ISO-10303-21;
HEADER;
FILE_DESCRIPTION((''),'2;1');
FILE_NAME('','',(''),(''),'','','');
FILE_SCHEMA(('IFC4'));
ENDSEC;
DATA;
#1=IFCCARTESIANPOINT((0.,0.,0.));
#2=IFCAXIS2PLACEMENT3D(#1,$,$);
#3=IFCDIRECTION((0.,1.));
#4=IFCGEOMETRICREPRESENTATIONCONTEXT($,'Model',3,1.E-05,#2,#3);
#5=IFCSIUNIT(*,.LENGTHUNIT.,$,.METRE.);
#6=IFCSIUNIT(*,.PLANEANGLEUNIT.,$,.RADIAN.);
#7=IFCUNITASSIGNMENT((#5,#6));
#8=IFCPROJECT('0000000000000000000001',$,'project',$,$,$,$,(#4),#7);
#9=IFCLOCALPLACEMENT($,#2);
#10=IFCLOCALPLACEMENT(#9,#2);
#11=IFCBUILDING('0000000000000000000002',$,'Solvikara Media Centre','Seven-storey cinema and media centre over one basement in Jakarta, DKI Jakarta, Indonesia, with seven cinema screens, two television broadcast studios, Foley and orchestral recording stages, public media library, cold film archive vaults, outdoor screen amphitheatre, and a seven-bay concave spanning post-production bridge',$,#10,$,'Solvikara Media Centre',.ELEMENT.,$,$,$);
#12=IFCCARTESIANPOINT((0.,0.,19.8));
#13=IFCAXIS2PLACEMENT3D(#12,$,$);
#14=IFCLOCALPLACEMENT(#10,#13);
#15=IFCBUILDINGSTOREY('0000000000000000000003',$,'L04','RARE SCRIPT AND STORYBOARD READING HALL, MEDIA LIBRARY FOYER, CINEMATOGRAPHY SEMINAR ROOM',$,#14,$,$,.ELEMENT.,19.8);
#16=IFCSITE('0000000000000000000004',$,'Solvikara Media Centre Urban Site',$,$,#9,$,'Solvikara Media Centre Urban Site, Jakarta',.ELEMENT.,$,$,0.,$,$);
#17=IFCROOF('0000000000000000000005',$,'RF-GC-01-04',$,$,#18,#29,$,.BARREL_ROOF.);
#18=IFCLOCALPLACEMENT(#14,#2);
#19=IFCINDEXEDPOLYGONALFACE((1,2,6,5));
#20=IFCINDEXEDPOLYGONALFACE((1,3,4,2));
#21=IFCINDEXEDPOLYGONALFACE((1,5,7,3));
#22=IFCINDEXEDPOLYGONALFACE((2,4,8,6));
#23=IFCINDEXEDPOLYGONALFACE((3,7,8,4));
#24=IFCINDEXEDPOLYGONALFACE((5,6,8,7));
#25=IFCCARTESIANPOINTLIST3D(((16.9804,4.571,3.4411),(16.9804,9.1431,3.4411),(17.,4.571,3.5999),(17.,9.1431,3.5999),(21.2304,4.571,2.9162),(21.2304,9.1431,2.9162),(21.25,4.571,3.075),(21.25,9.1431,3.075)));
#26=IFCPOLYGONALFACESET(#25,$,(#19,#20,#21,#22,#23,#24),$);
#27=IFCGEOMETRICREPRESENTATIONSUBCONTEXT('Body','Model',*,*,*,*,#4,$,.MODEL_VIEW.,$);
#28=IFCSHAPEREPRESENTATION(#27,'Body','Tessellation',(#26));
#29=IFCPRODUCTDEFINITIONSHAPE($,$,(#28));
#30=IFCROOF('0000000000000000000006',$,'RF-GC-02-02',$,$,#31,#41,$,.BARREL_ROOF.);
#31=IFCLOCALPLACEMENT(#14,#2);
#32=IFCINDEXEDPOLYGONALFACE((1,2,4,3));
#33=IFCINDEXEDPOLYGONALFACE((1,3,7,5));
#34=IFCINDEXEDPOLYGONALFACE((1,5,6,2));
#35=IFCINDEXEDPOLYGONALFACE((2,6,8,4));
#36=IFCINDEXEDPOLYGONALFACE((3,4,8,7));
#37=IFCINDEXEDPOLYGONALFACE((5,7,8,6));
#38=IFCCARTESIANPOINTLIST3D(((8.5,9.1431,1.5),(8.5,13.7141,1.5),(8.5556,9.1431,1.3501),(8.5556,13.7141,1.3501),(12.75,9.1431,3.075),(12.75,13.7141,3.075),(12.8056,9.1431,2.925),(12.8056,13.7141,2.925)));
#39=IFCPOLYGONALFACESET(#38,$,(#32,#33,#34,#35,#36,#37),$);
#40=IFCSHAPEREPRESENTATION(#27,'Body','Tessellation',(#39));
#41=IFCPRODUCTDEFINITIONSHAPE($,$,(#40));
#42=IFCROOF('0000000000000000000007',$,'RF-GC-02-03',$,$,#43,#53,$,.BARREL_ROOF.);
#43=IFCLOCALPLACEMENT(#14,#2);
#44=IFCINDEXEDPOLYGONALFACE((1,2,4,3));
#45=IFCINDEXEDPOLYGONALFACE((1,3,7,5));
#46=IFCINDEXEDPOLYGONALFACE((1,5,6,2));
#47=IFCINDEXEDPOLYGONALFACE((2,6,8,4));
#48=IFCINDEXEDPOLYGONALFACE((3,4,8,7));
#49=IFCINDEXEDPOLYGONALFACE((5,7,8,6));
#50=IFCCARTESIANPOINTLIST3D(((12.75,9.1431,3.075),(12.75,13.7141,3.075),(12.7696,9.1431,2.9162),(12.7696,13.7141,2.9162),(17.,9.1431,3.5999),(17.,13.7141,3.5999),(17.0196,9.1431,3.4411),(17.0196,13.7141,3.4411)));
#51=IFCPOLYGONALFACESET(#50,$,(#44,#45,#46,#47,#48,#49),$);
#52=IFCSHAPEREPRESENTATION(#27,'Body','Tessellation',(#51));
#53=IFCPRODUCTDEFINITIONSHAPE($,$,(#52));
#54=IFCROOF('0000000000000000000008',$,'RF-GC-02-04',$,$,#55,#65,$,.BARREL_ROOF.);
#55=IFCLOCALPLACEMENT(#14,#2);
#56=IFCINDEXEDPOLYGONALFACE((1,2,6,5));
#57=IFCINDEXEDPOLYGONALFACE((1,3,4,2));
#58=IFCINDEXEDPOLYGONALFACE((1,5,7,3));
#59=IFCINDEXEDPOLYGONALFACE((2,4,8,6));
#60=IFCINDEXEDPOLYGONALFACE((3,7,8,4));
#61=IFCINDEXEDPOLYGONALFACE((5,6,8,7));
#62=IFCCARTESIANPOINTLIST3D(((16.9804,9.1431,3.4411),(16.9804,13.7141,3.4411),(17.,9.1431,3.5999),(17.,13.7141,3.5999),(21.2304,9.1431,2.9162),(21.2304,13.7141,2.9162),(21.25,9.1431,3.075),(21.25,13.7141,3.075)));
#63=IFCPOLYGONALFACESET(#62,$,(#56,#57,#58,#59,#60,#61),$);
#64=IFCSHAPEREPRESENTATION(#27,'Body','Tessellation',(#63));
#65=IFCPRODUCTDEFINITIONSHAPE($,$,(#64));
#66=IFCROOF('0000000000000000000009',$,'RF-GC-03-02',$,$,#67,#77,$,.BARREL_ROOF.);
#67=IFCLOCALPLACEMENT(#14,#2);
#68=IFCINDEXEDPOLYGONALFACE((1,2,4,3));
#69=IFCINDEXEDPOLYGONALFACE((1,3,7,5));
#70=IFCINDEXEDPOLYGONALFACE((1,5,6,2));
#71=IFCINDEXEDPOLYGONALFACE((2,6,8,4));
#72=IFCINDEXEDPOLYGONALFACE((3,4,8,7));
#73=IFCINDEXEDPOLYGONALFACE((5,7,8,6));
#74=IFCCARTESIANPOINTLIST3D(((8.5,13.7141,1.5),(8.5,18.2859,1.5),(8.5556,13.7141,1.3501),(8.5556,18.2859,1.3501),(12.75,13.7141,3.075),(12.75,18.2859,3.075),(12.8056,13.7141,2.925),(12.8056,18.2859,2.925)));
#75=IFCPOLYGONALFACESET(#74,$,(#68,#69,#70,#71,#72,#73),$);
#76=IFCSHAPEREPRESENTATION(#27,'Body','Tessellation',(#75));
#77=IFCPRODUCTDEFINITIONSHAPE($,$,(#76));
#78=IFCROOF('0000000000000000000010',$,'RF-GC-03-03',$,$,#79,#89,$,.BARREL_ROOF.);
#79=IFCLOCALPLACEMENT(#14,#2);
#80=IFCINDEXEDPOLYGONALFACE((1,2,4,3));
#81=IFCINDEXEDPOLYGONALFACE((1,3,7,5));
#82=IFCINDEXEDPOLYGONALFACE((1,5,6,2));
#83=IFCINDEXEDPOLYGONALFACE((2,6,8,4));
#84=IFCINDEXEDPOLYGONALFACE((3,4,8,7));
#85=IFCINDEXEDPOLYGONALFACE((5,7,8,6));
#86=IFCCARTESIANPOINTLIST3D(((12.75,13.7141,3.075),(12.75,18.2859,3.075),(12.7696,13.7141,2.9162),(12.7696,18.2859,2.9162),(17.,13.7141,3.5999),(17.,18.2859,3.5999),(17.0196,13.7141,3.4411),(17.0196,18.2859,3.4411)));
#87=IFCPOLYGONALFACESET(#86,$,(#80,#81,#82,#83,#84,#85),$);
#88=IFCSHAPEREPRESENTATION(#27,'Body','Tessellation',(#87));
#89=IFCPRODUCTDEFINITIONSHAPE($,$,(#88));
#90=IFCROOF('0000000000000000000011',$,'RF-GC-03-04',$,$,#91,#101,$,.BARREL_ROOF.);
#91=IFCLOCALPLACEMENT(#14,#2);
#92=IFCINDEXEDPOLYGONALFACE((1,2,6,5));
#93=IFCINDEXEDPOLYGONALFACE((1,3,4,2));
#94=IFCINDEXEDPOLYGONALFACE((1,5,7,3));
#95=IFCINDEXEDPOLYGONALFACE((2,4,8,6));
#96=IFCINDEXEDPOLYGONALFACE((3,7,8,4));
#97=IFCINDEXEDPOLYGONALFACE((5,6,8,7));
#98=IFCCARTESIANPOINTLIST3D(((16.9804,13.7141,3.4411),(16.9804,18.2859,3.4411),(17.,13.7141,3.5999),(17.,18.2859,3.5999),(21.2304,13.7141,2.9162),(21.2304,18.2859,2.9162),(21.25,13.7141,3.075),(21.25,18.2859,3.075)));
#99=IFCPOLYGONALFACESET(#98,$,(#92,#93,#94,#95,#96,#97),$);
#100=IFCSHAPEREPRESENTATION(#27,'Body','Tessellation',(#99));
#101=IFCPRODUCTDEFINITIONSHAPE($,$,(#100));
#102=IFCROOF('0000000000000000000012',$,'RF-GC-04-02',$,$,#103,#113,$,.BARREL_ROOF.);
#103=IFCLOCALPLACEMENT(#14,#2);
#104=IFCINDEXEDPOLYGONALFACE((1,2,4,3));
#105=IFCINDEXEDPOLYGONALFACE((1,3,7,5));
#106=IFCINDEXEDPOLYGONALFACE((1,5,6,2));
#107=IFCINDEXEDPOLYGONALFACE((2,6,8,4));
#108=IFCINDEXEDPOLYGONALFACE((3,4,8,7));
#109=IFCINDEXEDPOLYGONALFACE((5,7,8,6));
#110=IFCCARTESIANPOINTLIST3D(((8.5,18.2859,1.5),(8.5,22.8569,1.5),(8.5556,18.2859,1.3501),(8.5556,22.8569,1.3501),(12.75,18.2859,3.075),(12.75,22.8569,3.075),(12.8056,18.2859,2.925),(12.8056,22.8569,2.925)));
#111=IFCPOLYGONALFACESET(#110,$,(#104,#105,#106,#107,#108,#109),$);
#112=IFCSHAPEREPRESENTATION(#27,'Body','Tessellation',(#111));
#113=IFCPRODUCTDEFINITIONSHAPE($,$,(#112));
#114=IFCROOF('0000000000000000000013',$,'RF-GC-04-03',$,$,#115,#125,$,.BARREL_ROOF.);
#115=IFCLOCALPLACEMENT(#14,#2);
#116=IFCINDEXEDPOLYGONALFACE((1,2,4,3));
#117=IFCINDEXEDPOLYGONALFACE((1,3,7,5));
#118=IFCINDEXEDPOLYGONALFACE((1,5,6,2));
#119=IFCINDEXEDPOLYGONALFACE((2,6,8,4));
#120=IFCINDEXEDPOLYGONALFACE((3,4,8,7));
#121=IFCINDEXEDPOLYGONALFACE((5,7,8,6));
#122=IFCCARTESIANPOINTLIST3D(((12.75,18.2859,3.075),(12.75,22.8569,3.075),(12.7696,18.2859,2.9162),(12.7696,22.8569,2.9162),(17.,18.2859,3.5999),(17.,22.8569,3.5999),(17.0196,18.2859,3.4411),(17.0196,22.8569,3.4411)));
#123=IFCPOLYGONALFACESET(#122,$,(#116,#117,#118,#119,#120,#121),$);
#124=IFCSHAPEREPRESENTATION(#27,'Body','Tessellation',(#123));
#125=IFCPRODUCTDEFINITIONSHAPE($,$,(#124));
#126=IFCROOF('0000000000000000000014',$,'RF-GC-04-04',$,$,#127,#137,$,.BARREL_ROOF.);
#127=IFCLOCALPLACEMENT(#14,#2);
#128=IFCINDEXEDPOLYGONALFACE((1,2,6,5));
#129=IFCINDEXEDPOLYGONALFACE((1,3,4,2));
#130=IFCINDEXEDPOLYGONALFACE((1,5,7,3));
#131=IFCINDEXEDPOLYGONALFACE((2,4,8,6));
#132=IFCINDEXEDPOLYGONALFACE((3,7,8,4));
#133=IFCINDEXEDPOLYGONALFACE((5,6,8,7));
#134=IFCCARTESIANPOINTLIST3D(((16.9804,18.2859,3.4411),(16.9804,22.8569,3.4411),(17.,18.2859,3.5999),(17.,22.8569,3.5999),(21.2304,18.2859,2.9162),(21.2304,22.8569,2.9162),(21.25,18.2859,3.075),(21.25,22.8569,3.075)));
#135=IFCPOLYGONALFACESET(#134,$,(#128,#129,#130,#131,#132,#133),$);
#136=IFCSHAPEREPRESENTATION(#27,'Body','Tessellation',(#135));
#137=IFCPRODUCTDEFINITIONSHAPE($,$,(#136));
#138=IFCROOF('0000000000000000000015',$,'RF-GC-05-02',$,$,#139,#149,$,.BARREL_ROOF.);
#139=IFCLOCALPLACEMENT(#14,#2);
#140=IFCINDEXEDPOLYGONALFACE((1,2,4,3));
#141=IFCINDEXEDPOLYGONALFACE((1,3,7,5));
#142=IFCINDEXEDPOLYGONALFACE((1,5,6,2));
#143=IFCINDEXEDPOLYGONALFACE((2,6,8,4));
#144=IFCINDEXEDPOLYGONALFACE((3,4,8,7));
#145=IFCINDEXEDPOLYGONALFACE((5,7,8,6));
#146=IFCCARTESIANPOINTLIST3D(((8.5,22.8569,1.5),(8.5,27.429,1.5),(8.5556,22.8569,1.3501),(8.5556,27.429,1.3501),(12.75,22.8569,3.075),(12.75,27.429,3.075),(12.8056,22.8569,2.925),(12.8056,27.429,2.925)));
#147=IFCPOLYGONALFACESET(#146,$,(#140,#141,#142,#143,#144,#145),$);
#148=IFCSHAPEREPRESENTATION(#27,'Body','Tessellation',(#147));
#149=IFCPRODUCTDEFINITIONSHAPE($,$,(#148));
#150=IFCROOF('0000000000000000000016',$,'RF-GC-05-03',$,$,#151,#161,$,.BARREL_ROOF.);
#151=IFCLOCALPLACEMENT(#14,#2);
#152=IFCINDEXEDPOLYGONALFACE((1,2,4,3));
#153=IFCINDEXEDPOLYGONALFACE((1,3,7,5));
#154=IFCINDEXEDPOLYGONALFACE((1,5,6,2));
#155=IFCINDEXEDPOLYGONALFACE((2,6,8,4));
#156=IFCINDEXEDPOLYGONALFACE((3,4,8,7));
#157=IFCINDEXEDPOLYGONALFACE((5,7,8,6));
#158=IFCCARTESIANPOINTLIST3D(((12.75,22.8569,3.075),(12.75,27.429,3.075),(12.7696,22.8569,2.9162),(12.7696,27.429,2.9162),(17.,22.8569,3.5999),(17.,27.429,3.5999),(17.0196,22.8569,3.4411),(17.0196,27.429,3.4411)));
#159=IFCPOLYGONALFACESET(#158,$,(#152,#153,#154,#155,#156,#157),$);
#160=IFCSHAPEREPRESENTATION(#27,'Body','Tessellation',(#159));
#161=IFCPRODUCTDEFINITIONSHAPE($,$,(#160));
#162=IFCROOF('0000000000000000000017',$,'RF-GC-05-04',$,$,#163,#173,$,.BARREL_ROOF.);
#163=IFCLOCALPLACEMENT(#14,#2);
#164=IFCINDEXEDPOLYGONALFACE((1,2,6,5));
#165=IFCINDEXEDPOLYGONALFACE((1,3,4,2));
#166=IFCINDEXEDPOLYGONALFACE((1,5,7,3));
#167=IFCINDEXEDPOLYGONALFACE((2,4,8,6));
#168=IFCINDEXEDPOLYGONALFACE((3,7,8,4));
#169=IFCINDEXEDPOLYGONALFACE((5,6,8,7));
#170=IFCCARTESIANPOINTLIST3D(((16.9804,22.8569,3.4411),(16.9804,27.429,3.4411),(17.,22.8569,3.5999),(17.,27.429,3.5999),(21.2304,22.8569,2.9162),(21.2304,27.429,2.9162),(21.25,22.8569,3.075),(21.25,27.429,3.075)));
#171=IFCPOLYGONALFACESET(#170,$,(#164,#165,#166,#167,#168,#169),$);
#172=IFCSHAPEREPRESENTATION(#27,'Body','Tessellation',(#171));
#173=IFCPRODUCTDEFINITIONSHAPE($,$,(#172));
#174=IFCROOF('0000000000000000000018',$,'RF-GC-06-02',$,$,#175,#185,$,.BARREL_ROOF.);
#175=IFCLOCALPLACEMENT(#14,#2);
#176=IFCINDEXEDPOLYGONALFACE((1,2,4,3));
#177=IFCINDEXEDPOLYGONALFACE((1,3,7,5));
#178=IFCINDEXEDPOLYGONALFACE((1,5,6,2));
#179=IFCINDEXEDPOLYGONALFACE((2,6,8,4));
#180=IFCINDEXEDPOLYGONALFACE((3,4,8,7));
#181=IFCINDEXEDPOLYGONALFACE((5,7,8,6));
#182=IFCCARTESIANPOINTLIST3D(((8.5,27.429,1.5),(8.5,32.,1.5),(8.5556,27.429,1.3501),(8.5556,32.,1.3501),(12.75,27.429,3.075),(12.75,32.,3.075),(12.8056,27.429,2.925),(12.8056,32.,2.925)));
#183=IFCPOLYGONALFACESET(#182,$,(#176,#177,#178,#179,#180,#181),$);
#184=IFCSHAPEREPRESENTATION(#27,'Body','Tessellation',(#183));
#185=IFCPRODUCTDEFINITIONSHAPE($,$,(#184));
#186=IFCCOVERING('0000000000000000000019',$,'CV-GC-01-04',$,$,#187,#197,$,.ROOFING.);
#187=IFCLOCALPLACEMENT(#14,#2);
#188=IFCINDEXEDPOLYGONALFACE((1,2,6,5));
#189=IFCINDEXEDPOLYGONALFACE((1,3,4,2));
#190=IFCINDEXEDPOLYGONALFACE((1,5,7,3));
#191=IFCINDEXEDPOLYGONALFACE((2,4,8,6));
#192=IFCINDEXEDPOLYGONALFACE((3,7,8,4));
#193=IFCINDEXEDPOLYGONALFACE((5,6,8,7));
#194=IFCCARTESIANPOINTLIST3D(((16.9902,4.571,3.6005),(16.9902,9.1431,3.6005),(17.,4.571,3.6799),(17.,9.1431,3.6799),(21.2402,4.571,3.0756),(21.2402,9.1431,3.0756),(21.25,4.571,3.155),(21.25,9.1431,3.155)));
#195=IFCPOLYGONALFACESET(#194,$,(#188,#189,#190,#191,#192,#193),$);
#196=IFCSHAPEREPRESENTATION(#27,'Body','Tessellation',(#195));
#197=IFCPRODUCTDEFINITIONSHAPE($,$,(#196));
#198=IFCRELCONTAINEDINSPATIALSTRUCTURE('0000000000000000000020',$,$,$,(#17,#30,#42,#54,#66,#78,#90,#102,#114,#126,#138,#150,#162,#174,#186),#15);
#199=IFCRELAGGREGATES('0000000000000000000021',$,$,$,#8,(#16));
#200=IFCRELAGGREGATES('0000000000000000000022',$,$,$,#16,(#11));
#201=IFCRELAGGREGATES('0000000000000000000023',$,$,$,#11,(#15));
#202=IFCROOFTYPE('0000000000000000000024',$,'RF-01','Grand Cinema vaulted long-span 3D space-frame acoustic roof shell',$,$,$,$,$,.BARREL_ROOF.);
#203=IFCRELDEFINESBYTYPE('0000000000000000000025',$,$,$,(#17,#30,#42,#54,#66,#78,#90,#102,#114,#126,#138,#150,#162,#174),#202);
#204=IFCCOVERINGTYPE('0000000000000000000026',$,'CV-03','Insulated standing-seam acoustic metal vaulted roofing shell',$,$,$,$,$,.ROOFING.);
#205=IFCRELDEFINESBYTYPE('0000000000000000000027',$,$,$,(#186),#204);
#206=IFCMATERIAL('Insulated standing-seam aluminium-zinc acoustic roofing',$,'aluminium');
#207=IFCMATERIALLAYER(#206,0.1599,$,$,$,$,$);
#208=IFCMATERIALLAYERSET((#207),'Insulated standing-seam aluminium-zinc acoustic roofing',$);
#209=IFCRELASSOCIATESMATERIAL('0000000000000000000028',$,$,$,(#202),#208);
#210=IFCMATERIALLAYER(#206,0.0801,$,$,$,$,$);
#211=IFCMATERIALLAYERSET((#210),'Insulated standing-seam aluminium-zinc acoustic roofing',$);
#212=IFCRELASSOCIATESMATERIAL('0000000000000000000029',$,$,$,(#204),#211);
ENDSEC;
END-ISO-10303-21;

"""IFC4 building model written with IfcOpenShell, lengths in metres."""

from ifc_helpers import new_model, si_unit, direction, frame, origin, place, context, subcontext, project, spatial, polyline, outline, extrude, material, layer, layer_set, type_object, element, save


model = new_model("IFC4")

# Units and contexts
model_context = context("Model", 3, precision=1e-05, world=origin(), true_north=direction((0.0, 1.0)))
body_context = subcontext(model_context, "Body", "Model", "MODEL_VIEW")
ifc_project = project(units=[si_unit("LENGTHUNIT", "METRE"), si_unit("PLANEANGLEUNIT", "RADIAN")], contexts=[model_context])

# Site, building, storey
site_placement = place(None, origin())
site = spatial("IfcSite", under=ifc_project, at=site_placement, Name="Solvikara Media Centre Urban Site", LongName="Solvikara Media Centre Urban Site, Jakarta", CompositionType="ELEMENT", RefElevation=0.0)
building_placement = place(site_placement, origin())
building = spatial("IfcBuilding", under=site, at=building_placement, Name="Solvikara Media Centre", Description="Seven-storey cinema and media centre over one basement in Jakarta, DKI Jakarta, Indonesia, with seven cinema screens, two television broadcast studios, Foley and orchestral recording stages, public media library, cold film archive vaults, outdoor screen amphitheatre, and a seven-bay concave spanning post-production bridge", LongName="Solvikara Media Centre", CompositionType="ELEMENT")
storey_placement = place(building_placement, frame((0.0, 0.0, 19.8)))
storey = spatial("IfcBuildingStorey", under=building, at=storey_placement, Name="L04", Description="RARE SCRIPT AND STORYBOARD READING HALL, MEDIA LIBRARY FOYER, CINEMATOGRAPHY SEMINAR ROOM", CompositionType="ELEMENT", Elevation=19.8)

# Roofs
ifc_material = material(Name="Insulated standing-seam aluminium-zinc acoustic roofing", Category="aluminium")
ifc_layer_1 = layer(ifc_material, 0.1599)
ifc_layer_set_1 = layer_set([ifc_layer_1], Name="Insulated standing-seam aluminium-zinc acoustic roofing")
roof_type = type_object("IfcRoofType", Name="RF-01", Description="Grand Cinema vaulted long-span 3D space-frame acoustic roof shell", PredefinedType="BARREL_ROOF", material=ifc_layer_set_1)
roof_1_placement = place(storey_placement, frame((17.0, 4.571, 3.5999), z_axis=(0.122575, 0.0, 0.992459), x_axis=(0.992459, 0.0, -0.122575)))
element("IfcRoof", 1, at=roof_1_placement, inside=storey, type_object=roof_type, Name="RF-GC-01-04", PredefinedType="BARREL_ROOF", context=body_context, shape_type="SweptSolid", body=[
    extrude(outline(polyline([(0.0, 0.0), (4.2823, 0.0), (4.2823, 4.572), (0.0, 4.572), (0.0, 0.0)])), origin(), (0.0, 0.0, -1.0), 0.1599),
])
roof_2_placement = place(storey_placement, frame((8.5, 9.1431, 1.5), z_axis=(-0.347485, 0.0, 0.937686), x_axis=(0.937686, 0.0, 0.347485)))
element("IfcRoof", 2, at=roof_2_placement, inside=storey, type_object=roof_type, Name="RF-GC-02-02", PredefinedType="BARREL_ROOF", context=body_context, shape_type="SweptSolid", body=[
    extrude(outline(polyline([(0.0, 0.0), (4.5324, 0.0), (4.5324, 4.571), (0.0, 4.571), (0.0, 0.0)])), origin(), (0.0, 0.0, -1.0), 0.1599),
])
for number, where, z_axis, x_axis, name in (
    (3, (12.75, 9.1431, 3.075), (-0.122575, 0.0, 0.992459), (0.992459, 0.0, 0.122575), "RF-GC-02-03"),
    (4, (17.0, 9.1431, 3.5999), (0.122575, 0.0, 0.992459), (0.992459, 0.0, -0.122575), "RF-GC-02-04"),
):
    element("IfcRoof", number, at=place(storey_placement, frame(where, z_axis=z_axis, x_axis=x_axis)), inside=storey, type_object=roof_type, Name=name, PredefinedType="BARREL_ROOF", context=body_context, shape_type="SweptSolid", body=[
        extrude(outline(polyline([(0.0, 0.0), (4.2823, 0.0), (4.2823, 4.571), (0.0, 4.571), (0.0, 0.0)])), origin(), (0.0, 0.0, -1.0), 0.1599),
    ])
roof_3_placement = place(storey_placement, frame((8.5, 13.7141, 1.5), z_axis=(-0.347485, 0.0, 0.937686), x_axis=(0.937686, 0.0, 0.347485)))
element("IfcRoof", 5, at=roof_3_placement, inside=storey, type_object=roof_type, Name="RF-GC-03-02", PredefinedType="BARREL_ROOF", context=body_context, shape_type="SweptSolid", body=[
    extrude(outline(polyline([(0.0, 0.0), (4.5324, 0.0), (4.5324, 4.5718), (0.0, 4.5718), (0.0, 0.0)])), origin(), (0.0, 0.0, -1.0), 0.1599),
])
for number, where, z_axis, x_axis, name in (
    (6, (12.75, 13.7141, 3.075), (-0.122575, 0.0, 0.992459), (0.992459, 0.0, 0.122575), "RF-GC-03-03"),
    (7, (17.0, 13.7141, 3.5999), (0.122575, 0.0, 0.992459), (0.992459, 0.0, -0.122575), "RF-GC-03-04"),
):
    element("IfcRoof", number, at=place(storey_placement, frame(where, z_axis=z_axis, x_axis=x_axis)), inside=storey, type_object=roof_type, Name=name, PredefinedType="BARREL_ROOF", context=body_context, shape_type="SweptSolid", body=[
        extrude(outline(polyline([(0.0, 0.0), (4.2823, 0.0), (4.2823, 4.5718), (0.0, 4.5718), (0.0, 0.0)])), origin(), (0.0, 0.0, -1.0), 0.1599),
    ])
roof_4_placement = place(storey_placement, frame((8.5, 18.2859, 1.5), z_axis=(-0.347485, 0.0, 0.937686), x_axis=(0.937686, 0.0, 0.347485)))
element("IfcRoof", 8, at=roof_4_placement, inside=storey, type_object=roof_type, Name="RF-GC-04-02", PredefinedType="BARREL_ROOF", context=body_context, shape_type="SweptSolid", body=[
    extrude(outline(polyline([(0.0, 0.0), (4.5324, 0.0), (4.5324, 4.571), (0.0, 4.571), (0.0, 0.0)])), origin(), (0.0, 0.0, -1.0), 0.1599),
])
for number, where, z_axis, x_axis, name in (
    (9, (12.75, 18.2859, 3.075), (-0.122575, 0.0, 0.992459), (0.992459, 0.0, 0.122575), "RF-GC-04-03"),
    (10, (17.0, 18.2859, 3.5999), (0.122575, 0.0, 0.992459), (0.992459, 0.0, -0.122575), "RF-GC-04-04"),
):
    element("IfcRoof", number, at=place(storey_placement, frame(where, z_axis=z_axis, x_axis=x_axis)), inside=storey, type_object=roof_type, Name=name, PredefinedType="BARREL_ROOF", context=body_context, shape_type="SweptSolid", body=[
        extrude(outline(polyline([(0.0, 0.0), (4.2823, 0.0), (4.2823, 4.571), (0.0, 4.571), (0.0, 0.0)])), origin(), (0.0, 0.0, -1.0), 0.1599),
    ])
roof_5_placement = place(storey_placement, frame((8.5, 22.8569, 1.5), z_axis=(-0.347485, 0.0, 0.937686), x_axis=(0.937686, 0.0, 0.347485)))
element("IfcRoof", 11, at=roof_5_placement, inside=storey, type_object=roof_type, Name="RF-GC-05-02", PredefinedType="BARREL_ROOF", context=body_context, shape_type="SweptSolid", body=[
    extrude(outline(polyline([(0.0, 0.0), (4.5324, 0.0), (4.5324, 4.572), (0.0, 4.572), (0.0, 0.0)])), origin(), (0.0, 0.0, -1.0), 0.1599),
])
for number, where, z_axis, x_axis, name in (
    (12, (12.75, 22.8569, 3.075), (-0.122575, 0.0, 0.992459), (0.992459, 0.0, 0.122575), "RF-GC-05-03"),
    (13, (17.0, 22.8569, 3.5999), (0.122575, 0.0, 0.992459), (0.992459, 0.0, -0.122575), "RF-GC-05-04"),
):
    element("IfcRoof", number, at=place(storey_placement, frame(where, z_axis=z_axis, x_axis=x_axis)), inside=storey, type_object=roof_type, Name=name, PredefinedType="BARREL_ROOF", context=body_context, shape_type="SweptSolid", body=[
        extrude(outline(polyline([(0.0, 0.0), (4.2823, 0.0), (4.2823, 4.572), (0.0, 4.572), (0.0, 0.0)])), origin(), (0.0, 0.0, -1.0), 0.1599),
    ])
roof_6_placement = place(storey_placement, frame((8.5, 27.429, 1.5), z_axis=(-0.347485, 0.0, 0.937686), x_axis=(0.937686, 0.0, 0.347485)))
element("IfcRoof", 14, at=roof_6_placement, inside=storey, type_object=roof_type, Name="RF-GC-06-02", PredefinedType="BARREL_ROOF", context=body_context, shape_type="SweptSolid", body=[
    extrude(outline(polyline([(0.0, 0.0), (4.5324, 0.0), (4.5324, 4.571), (0.0, 4.571), (0.0, 0.0)])), origin(), (0.0, 0.0, -1.0), 0.1599),
])

# Covering
ifc_layer_2 = layer(ifc_material, 0.0801)
ifc_layer_set_2 = layer_set([ifc_layer_2], Name="Insulated standing-seam aluminium-zinc acoustic roofing")
covering_type = type_object("IfcCoveringType", Name="CV-03", Description="Insulated standing-seam acoustic metal vaulted roofing shell", PredefinedType="ROOFING", material=ifc_layer_set_2)
covering_1_placement = place(storey_placement, frame((17.0, 4.571, 3.6799), z_axis=(0.122575, 0.0, 0.992459), x_axis=(0.992459, 0.0, -0.122575)))
element("IfcCovering", 15, at=covering_1_placement, inside=storey, type_object=covering_type, Name="CV-GC-01-04", PredefinedType="ROOFING", context=body_context, shape_type="SweptSolid", body=[
    extrude(outline(polyline([(0.0, 0.0), (4.2823, 0.0), (4.2823, 4.572), (0.0, 4.572), (0.0, 0.0)])), origin(), (0.0, 0.0, -1.0), 0.0801),
])

save(model, "model.ifc")
